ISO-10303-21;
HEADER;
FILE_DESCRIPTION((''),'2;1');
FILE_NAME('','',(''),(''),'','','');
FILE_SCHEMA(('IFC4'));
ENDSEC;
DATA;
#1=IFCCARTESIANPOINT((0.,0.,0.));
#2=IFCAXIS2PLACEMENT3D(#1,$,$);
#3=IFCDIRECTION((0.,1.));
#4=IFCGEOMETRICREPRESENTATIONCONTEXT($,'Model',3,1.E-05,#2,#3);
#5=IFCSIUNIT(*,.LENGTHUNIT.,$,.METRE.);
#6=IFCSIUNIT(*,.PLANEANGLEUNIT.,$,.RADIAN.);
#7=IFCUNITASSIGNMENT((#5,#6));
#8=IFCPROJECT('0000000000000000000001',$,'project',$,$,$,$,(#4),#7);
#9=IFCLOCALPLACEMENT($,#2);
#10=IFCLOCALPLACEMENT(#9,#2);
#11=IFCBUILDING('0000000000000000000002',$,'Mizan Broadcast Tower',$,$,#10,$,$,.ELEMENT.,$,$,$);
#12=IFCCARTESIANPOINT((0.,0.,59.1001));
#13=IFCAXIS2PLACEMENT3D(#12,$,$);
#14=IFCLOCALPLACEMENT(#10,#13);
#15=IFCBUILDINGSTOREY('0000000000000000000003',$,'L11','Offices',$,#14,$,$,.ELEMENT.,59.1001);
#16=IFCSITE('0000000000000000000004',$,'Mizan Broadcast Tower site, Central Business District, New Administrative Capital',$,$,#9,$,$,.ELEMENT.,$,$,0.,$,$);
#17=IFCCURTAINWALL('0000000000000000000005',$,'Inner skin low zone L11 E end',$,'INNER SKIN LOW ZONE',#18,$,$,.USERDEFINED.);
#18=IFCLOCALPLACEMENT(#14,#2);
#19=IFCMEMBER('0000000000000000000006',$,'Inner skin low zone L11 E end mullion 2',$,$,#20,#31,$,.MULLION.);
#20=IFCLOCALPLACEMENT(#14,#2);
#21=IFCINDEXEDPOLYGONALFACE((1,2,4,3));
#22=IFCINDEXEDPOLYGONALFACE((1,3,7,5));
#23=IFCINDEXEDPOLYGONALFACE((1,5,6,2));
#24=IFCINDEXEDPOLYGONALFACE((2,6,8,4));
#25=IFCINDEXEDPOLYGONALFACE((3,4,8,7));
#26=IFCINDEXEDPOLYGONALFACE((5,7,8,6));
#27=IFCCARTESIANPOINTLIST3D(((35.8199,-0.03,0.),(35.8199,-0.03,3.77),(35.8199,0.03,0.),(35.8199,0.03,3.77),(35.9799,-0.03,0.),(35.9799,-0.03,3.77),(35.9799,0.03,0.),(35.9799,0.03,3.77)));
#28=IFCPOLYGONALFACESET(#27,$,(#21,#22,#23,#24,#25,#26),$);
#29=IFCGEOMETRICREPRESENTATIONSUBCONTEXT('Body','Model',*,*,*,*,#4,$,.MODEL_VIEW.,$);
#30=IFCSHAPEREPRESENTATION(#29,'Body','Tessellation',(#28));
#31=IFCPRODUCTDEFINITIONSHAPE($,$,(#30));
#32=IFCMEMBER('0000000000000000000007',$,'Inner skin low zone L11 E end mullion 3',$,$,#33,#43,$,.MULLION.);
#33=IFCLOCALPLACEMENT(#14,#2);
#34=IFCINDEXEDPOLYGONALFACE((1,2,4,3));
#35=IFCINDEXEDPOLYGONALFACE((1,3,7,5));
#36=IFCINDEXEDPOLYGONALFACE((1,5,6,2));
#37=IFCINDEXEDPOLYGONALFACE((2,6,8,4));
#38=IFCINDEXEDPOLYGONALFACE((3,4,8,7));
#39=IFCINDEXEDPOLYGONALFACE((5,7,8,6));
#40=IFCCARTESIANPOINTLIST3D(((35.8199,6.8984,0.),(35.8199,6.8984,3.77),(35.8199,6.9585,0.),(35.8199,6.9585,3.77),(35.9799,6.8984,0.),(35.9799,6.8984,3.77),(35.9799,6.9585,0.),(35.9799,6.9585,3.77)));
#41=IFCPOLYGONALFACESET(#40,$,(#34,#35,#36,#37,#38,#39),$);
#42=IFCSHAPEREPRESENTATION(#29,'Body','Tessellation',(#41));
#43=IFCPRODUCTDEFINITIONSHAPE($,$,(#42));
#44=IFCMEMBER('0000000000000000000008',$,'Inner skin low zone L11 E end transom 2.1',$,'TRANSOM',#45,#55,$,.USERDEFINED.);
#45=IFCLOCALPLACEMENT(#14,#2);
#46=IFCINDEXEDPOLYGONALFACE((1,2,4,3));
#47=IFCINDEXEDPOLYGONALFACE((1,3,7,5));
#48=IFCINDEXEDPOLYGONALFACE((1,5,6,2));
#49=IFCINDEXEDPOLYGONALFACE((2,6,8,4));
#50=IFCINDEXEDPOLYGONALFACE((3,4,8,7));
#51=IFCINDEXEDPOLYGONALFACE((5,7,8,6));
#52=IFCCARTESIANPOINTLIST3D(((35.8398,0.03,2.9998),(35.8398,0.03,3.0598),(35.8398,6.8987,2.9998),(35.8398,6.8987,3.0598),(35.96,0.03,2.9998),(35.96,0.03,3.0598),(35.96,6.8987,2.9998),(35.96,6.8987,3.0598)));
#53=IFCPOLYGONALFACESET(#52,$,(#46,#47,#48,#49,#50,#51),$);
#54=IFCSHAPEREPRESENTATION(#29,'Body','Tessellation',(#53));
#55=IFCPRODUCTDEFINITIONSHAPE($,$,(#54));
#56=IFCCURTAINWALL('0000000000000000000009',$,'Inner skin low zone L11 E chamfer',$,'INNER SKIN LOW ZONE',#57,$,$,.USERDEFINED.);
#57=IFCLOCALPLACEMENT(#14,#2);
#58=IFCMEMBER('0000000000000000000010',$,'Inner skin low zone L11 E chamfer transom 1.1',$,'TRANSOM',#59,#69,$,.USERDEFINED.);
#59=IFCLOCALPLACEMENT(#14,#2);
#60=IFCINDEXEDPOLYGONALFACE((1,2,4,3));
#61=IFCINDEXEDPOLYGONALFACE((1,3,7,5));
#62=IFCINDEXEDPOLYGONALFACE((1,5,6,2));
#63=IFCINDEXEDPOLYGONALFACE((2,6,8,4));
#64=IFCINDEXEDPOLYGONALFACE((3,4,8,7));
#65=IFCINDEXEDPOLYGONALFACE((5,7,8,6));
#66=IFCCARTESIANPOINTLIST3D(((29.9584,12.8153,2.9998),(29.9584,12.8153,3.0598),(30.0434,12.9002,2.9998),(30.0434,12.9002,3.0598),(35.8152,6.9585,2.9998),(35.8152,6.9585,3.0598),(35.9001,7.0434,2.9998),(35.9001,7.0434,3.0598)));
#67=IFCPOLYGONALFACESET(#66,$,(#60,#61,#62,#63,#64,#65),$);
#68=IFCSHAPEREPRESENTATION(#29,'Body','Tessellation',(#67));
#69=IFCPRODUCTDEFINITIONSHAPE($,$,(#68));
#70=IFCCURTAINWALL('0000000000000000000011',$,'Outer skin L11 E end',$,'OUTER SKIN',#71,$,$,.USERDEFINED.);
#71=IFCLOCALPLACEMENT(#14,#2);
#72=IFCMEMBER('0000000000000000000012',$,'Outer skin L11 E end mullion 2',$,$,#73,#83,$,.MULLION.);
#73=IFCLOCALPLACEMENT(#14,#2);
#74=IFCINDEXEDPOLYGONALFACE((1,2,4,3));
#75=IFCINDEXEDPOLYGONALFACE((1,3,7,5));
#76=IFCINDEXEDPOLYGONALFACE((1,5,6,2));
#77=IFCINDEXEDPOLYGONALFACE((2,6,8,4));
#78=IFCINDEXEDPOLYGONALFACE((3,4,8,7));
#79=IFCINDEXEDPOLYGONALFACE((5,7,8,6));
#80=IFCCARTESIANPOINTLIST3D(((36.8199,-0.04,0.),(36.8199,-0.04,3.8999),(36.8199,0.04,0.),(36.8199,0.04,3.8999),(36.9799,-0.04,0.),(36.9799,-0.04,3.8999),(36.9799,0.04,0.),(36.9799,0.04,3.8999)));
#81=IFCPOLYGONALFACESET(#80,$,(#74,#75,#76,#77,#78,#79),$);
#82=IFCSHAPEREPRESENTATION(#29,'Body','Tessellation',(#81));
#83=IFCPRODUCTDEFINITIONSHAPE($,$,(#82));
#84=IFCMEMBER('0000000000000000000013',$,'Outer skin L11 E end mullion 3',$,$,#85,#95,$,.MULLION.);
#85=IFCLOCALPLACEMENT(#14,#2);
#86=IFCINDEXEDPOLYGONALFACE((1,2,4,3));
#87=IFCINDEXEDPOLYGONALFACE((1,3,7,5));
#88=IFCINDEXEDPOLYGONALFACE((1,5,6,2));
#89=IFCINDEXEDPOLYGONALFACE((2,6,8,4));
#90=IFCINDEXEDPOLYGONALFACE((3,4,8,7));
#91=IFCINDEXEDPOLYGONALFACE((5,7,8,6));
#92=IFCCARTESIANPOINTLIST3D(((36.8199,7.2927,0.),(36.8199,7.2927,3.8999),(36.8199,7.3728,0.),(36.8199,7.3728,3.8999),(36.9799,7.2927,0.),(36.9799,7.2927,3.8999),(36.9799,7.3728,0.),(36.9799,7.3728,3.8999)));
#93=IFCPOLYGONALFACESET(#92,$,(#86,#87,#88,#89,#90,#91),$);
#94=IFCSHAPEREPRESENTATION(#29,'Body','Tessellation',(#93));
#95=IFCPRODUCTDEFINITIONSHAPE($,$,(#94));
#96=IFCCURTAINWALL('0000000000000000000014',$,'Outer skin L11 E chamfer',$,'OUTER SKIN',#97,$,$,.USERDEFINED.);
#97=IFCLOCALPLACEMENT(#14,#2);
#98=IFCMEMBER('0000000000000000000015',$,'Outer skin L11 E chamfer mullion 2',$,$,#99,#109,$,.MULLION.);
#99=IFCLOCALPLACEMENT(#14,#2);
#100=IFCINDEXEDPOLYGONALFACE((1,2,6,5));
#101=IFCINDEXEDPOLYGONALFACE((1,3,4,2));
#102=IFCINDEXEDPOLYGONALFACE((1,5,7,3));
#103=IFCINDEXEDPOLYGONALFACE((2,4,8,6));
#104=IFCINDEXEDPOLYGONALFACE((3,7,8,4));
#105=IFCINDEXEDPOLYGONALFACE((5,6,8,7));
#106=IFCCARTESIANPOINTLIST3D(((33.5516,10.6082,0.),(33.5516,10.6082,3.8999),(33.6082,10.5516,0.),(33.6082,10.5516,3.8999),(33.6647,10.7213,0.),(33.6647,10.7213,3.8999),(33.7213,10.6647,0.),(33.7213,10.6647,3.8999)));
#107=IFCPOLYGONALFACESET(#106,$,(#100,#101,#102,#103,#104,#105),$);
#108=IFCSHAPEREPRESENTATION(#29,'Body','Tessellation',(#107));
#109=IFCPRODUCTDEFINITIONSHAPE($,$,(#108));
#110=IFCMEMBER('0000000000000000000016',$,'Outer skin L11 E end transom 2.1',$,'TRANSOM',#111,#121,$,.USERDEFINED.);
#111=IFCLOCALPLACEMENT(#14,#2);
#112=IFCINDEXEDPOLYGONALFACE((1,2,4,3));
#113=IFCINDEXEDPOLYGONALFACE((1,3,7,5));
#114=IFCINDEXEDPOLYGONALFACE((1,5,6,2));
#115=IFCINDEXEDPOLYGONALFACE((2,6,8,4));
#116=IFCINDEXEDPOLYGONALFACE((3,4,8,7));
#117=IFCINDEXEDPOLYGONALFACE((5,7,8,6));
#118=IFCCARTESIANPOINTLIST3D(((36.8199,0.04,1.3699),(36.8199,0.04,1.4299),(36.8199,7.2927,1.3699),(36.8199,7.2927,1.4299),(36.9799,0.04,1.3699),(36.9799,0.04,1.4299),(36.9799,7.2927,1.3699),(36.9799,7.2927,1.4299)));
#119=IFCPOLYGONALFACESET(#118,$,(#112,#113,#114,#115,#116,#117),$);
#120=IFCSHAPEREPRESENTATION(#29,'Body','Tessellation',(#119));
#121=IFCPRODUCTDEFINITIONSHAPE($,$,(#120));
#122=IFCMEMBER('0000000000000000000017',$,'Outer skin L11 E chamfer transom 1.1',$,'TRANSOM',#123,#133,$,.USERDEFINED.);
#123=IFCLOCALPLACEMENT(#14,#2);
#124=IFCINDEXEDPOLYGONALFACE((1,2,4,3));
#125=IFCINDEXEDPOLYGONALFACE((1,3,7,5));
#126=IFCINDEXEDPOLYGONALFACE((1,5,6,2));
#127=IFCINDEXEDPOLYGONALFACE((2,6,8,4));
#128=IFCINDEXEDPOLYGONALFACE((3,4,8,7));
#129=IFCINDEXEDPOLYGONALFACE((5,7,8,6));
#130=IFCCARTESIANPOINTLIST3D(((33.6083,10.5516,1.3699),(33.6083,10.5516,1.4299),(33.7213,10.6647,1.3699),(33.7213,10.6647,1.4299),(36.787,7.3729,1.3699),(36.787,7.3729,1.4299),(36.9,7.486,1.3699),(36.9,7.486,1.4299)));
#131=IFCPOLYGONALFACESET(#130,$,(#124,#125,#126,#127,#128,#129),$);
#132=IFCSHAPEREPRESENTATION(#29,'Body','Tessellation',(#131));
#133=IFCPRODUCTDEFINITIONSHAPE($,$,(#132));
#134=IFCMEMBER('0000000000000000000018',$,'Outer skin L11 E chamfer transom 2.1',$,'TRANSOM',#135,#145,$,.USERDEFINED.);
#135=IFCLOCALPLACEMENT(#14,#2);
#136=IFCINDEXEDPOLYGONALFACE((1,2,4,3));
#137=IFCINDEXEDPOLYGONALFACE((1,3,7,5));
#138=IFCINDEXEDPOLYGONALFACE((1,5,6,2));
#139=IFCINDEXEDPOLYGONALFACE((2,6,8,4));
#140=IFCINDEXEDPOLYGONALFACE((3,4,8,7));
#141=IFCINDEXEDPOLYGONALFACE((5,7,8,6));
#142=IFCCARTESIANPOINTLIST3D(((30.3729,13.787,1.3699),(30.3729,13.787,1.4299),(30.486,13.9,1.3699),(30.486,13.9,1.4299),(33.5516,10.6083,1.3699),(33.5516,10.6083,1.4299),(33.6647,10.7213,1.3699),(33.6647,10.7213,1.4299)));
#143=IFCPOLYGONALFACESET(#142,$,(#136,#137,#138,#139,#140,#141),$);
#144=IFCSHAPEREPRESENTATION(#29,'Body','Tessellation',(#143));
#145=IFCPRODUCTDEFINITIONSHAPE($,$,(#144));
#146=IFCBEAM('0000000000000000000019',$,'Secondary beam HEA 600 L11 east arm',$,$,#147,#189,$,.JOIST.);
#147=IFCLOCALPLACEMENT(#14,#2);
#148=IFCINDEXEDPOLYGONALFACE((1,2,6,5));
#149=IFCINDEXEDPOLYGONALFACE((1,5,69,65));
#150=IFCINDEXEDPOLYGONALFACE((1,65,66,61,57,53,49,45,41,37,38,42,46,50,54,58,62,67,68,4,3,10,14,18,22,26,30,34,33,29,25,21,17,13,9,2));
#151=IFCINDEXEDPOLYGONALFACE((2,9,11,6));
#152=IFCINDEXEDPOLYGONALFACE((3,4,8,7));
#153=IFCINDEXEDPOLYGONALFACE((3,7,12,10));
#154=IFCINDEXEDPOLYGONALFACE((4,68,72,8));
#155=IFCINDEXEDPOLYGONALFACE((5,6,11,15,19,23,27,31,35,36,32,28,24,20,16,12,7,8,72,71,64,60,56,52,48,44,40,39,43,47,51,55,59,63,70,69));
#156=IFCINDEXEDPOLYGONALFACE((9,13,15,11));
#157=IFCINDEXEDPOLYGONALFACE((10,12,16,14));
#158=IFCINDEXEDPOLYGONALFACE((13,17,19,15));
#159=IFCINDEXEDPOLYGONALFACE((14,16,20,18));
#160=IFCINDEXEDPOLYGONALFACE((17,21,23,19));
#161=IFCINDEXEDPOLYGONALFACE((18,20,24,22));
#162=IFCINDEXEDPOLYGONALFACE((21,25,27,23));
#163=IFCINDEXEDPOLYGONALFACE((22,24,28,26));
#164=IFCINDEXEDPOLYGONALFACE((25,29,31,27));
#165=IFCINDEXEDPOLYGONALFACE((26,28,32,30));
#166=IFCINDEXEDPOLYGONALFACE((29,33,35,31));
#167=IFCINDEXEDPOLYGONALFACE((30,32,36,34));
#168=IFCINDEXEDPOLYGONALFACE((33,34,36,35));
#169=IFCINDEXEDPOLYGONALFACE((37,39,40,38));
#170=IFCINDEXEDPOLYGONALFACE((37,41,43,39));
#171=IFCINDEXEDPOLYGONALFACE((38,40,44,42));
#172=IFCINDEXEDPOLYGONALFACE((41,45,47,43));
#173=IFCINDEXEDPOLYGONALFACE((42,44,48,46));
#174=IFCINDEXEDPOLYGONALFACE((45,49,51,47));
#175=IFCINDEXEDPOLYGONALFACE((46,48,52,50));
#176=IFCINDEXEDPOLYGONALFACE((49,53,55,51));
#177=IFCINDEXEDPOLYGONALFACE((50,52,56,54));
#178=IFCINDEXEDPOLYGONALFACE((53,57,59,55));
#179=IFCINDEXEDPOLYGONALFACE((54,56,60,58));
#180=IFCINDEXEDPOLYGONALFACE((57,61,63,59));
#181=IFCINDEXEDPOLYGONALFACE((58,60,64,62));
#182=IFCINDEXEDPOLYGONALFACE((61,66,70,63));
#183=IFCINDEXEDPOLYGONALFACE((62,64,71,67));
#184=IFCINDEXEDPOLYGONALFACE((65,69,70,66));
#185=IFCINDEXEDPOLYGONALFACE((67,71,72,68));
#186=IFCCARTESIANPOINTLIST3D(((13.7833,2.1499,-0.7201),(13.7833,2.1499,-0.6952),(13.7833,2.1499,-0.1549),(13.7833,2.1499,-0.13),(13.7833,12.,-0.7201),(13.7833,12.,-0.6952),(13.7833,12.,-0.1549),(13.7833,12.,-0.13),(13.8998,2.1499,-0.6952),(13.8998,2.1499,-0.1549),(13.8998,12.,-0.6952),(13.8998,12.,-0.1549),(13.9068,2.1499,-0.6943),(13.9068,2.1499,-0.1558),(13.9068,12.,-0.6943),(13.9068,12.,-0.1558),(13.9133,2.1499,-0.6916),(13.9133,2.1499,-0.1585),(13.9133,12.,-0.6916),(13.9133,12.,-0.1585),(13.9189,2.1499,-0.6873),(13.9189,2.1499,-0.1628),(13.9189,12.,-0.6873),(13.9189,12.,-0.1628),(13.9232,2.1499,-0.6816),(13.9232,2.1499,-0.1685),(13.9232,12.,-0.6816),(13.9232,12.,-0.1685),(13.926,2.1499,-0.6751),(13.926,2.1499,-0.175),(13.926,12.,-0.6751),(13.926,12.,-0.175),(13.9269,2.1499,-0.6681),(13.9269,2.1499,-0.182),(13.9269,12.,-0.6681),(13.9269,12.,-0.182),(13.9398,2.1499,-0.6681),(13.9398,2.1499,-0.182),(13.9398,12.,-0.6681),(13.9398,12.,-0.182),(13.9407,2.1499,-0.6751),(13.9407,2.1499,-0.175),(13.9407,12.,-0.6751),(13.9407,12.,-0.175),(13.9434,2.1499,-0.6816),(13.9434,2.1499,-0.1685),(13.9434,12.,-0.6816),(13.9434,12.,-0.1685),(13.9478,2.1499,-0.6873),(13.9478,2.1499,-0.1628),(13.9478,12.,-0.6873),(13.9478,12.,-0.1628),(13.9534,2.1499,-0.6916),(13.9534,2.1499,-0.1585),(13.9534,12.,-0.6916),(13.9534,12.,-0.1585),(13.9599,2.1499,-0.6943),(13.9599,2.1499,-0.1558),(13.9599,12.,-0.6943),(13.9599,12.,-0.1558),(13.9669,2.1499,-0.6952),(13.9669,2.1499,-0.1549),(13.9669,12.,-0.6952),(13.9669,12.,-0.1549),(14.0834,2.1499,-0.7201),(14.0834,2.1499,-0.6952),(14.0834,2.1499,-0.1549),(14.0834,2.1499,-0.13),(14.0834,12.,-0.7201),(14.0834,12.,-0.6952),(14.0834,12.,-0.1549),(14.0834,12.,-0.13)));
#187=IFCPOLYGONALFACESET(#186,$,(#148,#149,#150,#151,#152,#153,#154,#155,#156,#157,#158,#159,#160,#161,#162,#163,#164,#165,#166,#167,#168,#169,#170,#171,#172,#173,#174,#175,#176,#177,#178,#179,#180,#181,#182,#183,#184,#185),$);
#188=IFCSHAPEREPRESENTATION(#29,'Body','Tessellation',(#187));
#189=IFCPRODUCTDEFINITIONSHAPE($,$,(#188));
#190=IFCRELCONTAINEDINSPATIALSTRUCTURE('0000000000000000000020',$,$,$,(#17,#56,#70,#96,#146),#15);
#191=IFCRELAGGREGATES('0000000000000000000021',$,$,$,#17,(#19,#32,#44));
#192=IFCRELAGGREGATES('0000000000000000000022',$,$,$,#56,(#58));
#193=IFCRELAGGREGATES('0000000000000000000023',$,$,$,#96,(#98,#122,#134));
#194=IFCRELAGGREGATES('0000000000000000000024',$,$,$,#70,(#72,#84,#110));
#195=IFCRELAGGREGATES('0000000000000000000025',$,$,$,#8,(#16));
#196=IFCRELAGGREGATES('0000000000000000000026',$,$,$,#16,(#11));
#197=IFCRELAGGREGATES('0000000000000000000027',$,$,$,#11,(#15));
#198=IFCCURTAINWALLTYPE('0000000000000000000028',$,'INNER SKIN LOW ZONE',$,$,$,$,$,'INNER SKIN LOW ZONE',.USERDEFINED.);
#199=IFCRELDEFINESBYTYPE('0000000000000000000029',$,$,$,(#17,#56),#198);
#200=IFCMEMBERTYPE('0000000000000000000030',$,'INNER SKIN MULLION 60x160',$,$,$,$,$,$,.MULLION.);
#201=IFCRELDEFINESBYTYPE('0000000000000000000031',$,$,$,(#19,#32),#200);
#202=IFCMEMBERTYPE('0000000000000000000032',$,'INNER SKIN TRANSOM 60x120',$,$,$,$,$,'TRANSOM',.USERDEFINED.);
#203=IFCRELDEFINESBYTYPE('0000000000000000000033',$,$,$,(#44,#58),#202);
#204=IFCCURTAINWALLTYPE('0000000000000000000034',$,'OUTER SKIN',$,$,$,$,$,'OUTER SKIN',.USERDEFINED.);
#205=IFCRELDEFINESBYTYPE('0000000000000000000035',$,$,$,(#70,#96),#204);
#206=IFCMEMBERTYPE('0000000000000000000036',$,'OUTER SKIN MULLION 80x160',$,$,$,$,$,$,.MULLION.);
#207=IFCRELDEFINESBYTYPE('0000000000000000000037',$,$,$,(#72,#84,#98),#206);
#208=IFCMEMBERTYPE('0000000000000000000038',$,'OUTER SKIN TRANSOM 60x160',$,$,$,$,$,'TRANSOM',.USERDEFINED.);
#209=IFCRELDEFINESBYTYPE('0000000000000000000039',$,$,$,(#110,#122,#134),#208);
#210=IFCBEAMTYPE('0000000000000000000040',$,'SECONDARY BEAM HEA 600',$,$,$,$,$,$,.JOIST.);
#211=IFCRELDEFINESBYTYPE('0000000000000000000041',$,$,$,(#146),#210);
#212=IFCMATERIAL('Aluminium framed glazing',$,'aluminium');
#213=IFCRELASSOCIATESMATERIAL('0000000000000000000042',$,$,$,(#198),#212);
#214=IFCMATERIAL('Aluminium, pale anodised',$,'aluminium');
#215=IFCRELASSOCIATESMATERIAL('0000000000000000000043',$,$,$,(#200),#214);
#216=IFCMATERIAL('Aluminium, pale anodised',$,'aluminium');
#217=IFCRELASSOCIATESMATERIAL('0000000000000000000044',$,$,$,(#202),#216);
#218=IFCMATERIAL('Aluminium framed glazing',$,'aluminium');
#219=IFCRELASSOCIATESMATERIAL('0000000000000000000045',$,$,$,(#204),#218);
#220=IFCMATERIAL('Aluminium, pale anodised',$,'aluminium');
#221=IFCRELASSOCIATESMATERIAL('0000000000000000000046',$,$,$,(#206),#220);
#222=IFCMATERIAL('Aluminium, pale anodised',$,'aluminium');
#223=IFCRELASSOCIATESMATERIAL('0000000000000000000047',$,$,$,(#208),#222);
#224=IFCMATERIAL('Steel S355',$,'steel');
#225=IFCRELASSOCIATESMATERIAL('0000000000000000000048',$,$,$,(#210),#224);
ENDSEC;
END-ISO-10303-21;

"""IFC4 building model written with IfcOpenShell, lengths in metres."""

from ifc_helpers import new_model, si_unit, direction, frame, origin, origin_2d, place, context, subcontext, project, spatial, rectangle, i_section, extrude, material, material_profile, profile_set, type_object, element, aggregate, save


model = new_model("IFC4")

# Units and contexts
model_context = context("Model", 3, precision=1e-05, world=origin(), true_north=direction((0.0, 1.0)))
body_context = subcontext(model_context, "Body", "Model", "MODEL_VIEW")
ifc_project = project(units=[si_unit("LENGTHUNIT", "METRE"), si_unit("PLANEANGLEUNIT", "RADIAN")], contexts=[model_context])

# Site, building, storey
site_placement = place(None, origin())
site = spatial("IfcSite", under=ifc_project, at=site_placement, Name="Mizan Broadcast Tower site, Central Business District, New Administrative Capital", CompositionType="ELEMENT", RefElevation=0.0)
building_placement = place(site_placement, origin())
building = spatial("IfcBuilding", under=site, at=building_placement, Name="Mizan Broadcast Tower", CompositionType="ELEMENT")
storey_placement = place(building_placement, frame((0.0, 0.0, 59.1001)))
storey = spatial("IfcBuildingStorey", under=building, at=storey_placement, Name="L11", Description="Offices", CompositionType="ELEMENT", Elevation=59.1001)

# Curtain wall, members
ifc_material_1 = material(Name="Aluminium framed glazing", Category="aluminium")
curtain_wall_type_1 = type_object("IfcCurtainWallType", Name="INNER SKIN LOW ZONE", ElementType="INNER SKIN LOW ZONE", PredefinedType="USERDEFINED", material=ifc_material_1)
curtain_wall_1_placement = place(storey_placement, origin())
curtain_wall_1 = element("IfcCurtainWall", 1, at=curtain_wall_1_placement, inside=storey, type_object=curtain_wall_type_1, Name="Inner skin low zone L11 E end", ObjectType="INNER SKIN LOW ZONE", PredefinedType="USERDEFINED")
ifc_material_2 = material(Name="Aluminium, pale anodised", Category="aluminium")
ifc_material_profile_1 = material_profile(ifc_material_2, rectangle(XDim=0.1599, YDim=0.0601, at=origin_2d()), Name="MULLION 160x60")
ifc_profile_set_1 = profile_set([ifc_material_profile_1], Name="Aluminium, pale anodised")
member_type_1 = type_object("IfcMemberType", Name="INNER SKIN MULLION 60x160", PredefinedType="MULLION", material=ifc_profile_set_1)
member_1_placement = place(storey_placement, frame((35.8999, 0.0, 0.0), z_axis=(0.0, 0.0, 1.0), x_axis=(-1.0, 0.0, 0.0)))
member_1 = element("IfcMember", 2, at=member_1_placement, type_object=member_type_1, Name="Inner skin low zone L11 E end mullion 2", PredefinedType="MULLION", context=body_context, shape_type="SweptSolid", body=[
    extrude(rectangle(XDim=0.1599, YDim=0.0601, at=origin_2d()), origin(), (0.0, 0.0, 1.0), 3.77),
])
member_2_placement = place(storey_placement, frame((35.8999, 6.9285, 0.0), z_axis=(0.0, 0.0, 1.0), x_axis=(-1.0, 0.0, 0.0)))
member_2 = element("IfcMember", 3, at=member_2_placement, type_object=member_type_1, Name="Inner skin low zone L11 E end mullion 3", PredefinedType="MULLION", context=body_context, shape_type="SweptSolid", body=[
    extrude(rectangle(XDim=0.1599, YDim=0.0601, at=origin_2d()), origin(), (0.0, 0.0, 1.0), 3.77),
])
ifc_material_3 = material(Name="Aluminium, pale anodised", Category="aluminium")
ifc_material_profile_2 = material_profile(ifc_material_3, rectangle(XDim=0.1201, YDim=0.0601, at=origin_2d()), Name="TRANSOM 120x60")
ifc_profile_set_2 = profile_set([ifc_material_profile_2], Name="Aluminium, pale anodised")
member_type_2 = type_object("IfcMemberType", Name="INNER SKIN TRANSOM 60x120", ElementType="TRANSOM", PredefinedType="USERDEFINED", material=ifc_profile_set_2)
member_3_placement = place(storey_placement, frame((35.8999, 0.03, 3.0298), z_axis=(0.0, 1.0, 0.0), x_axis=(-1.0, 0.0, 0.0)))
member_3 = element("IfcMember", 4, at=member_3_placement, type_object=member_type_2, Name="Inner skin low zone L11 E end transom 2.1", ObjectType="TRANSOM", PredefinedType="USERDEFINED", context=body_context, shape_type="SweptSolid", body=[
    extrude(rectangle(XDim=0.1201, YDim=0.0601, at=origin_2d()), origin(), (0.0, 0.0, 1.0), 6.8687),
])

# Curtain wall, member
curtain_wall_2_placement = place(storey_placement, origin())
curtain_wall_2 = element("IfcCurtainWall", 5, at=curtain_wall_2_placement, inside=storey, type_object=curtain_wall_type_1, Name="Inner skin low zone L11 E chamfer", ObjectType="INNER SKIN LOW ZONE", PredefinedType="USERDEFINED")
member_4_placement = place(storey_placement, frame((35.8577, 7.001, 3.0298), z_axis=(-0.707107, 0.707107, 0.0), x_axis=(-0.707107, -0.707107, 0.0)))
member_4 = element("IfcMember", 6, at=member_4_placement, type_object=member_type_2, Name="Inner skin low zone L11 E chamfer transom 1.1", ObjectType="TRANSOM", PredefinedType="USERDEFINED", context=body_context, shape_type="SweptSolid", body=[
    extrude(rectangle(XDim=0.1201, YDim=0.0601, at=origin_2d()), origin(), (0.0, 0.0, 1.0), 8.2827),
])

# Curtain wall, members
ifc_material_4 = material(Name="Aluminium framed glazing", Category="aluminium")
curtain_wall_type_2 = type_object("IfcCurtainWallType", Name="OUTER SKIN", ElementType="OUTER SKIN", PredefinedType="USERDEFINED", material=ifc_material_4)
curtain_wall_3_placement = place(storey_placement, origin())
curtain_wall_3 = element("IfcCurtainWall", 7, at=curtain_wall_3_placement, inside=storey, type_object=curtain_wall_type_2, Name="Outer skin L11 E end", ObjectType="OUTER SKIN", PredefinedType="USERDEFINED")
ifc_material_5 = material(Name="Aluminium, pale anodised", Category="aluminium")
ifc_material_profile_3 = material_profile(ifc_material_5, rectangle(XDim=0.1599, YDim=0.0801, at=origin_2d()), Name="MULLION 160x80")
ifc_profile_set_3 = profile_set([ifc_material_profile_3], Name="Aluminium, pale anodised")
member_type_3 = type_object("IfcMemberType", Name="OUTER SKIN MULLION 80x160", PredefinedType="MULLION", material=ifc_profile_set_3)
member_5_placement = place(storey_placement, frame((36.8999, 0.0, 0.0), z_axis=(0.0, 0.0, 1.0), x_axis=(-1.0, 0.0, 0.0)))
member_5 = element("IfcMember", 8, at=member_5_placement, type_object=member_type_3, Name="Outer skin L11 E end mullion 2", PredefinedType="MULLION", context=body_context, shape_type="SweptSolid", body=[
    extrude(rectangle(XDim=0.1599, YDim=0.0801, at=origin_2d()), origin(), (0.0, 0.0, 1.0), 3.8999),
])
member_6_placement = place(storey_placement, frame((36.8999, 7.3328, 0.0), z_axis=(0.0, 0.0, 1.0), x_axis=(-1.0, 0.0, 0.0)))
member_6 = element("IfcMember", 9, at=member_6_placement, type_object=member_type_3, Name="Outer skin L11 E end mullion 3", PredefinedType="MULLION", context=body_context, shape_type="SweptSolid", body=[
    extrude(rectangle(XDim=0.1599, YDim=0.0801, at=origin_2d()), origin(), (0.0, 0.0, 1.0), 3.8999),
])

# Curtain wall, member
curtain_wall_4_placement = place(storey_placement, origin())
curtain_wall_4 = element("IfcCurtainWall", 10, at=curtain_wall_4_placement, inside=storey, type_object=curtain_wall_type_2, Name="Outer skin L11 E chamfer", ObjectType="OUTER SKIN", PredefinedType="USERDEFINED")
member_7_placement = place(storey_placement, frame((33.6365, 10.6365, 0.0), z_axis=(0.0, 0.0, 1.0), x_axis=(-0.707107, -0.707107, 0.0)))
member_7 = element("IfcMember", 11, at=member_7_placement, type_object=member_type_3, Name="Outer skin L11 E chamfer mullion 2", PredefinedType="MULLION", context=body_context, shape_type="SweptSolid", body=[
    extrude(rectangle(XDim=0.1599, YDim=0.0801, at=origin_2d()), origin(), (0.0, 0.0, 1.0), 3.8999),
])

# Members
ifc_material_6 = material(Name="Aluminium, pale anodised", Category="aluminium")
ifc_material_profile_4 = material_profile(ifc_material_6, rectangle(XDim=0.1599, YDim=0.0601, at=origin_2d()), Name="TRANSOM 160x60")
ifc_profile_set_4 = profile_set([ifc_material_profile_4], Name="Aluminium, pale anodised")
member_type_4 = type_object("IfcMemberType", Name="OUTER SKIN TRANSOM 60x160", ElementType="TRANSOM", PredefinedType="USERDEFINED", material=ifc_profile_set_4)
member_8_placement = place(storey_placement, frame((36.8999, 0.04, 1.3999), z_axis=(0.0, 1.0, 0.0), x_axis=(-1.0, 0.0, 0.0)))
member_8 = element("IfcMember", 12, at=member_8_placement, type_object=member_type_4, Name="Outer skin L11 E end transom 2.1", ObjectType="TRANSOM", PredefinedType="USERDEFINED", context=body_context, shape_type="SweptSolid", body=[
    extrude(rectangle(XDim=0.1599, YDim=0.0601, at=origin_2d()), origin(), (0.0, 0.0, 1.0), 7.2527),
])
member_9_placement = place(storey_placement, frame((36.8435, 7.4294, 1.3999), z_axis=(-0.707107, 0.707107, 0.0), x_axis=(-0.707107, -0.707107, 0.0)))
member_9 = element("IfcMember", 13, at=member_9_placement, type_object=member_type_4, Name="Outer skin L11 E chamfer transom 1.1", ObjectType="TRANSOM", PredefinedType="USERDEFINED", context=body_context, shape_type="SweptSolid", body=[
    extrude(rectangle(XDim=0.1599, YDim=0.0601, at=origin_2d()), origin(), (0.0, 0.0, 1.0), 4.4954),
])
member_10_placement = place(storey_placement, frame((33.6082, 10.6648, 1.3999), z_axis=(-0.707107, 0.707107, 0.0), x_axis=(-0.707107, -0.707107, 0.0)))
member_10 = element("IfcMember", 14, at=member_10_placement, type_object=member_type_4, Name="Outer skin L11 E chamfer transom 2.1", ObjectType="TRANSOM", PredefinedType="USERDEFINED", context=body_context, shape_type="SweptSolid", body=[
    extrude(rectangle(XDim=0.1599, YDim=0.0601, at=origin_2d()), origin(), (0.0, 0.0, 1.0), 4.4954),
])

# Beam
ifc_material_7 = material(Name="Steel S355", Category="steel")
ifc_material_profile_5 = material_profile(ifc_material_7, i_section(OverallWidth=0.3, OverallDepth=0.5901, WebThickness=0.0129, FlangeThickness=0.0249, FilletRadius=0.0271, at=origin_2d()), Name="HEA 600")
ifc_profile_set_5 = profile_set([ifc_material_profile_5], Name="Steel S355")
beam_type_1 = type_object("IfcBeamType", Name="SECONDARY BEAM HEA 600", PredefinedType="JOIST", material=ifc_profile_set_5)
for number, where, z_axis, x_axis, name in (
    (15, (13.9333, 12.0, -0.425), (0.0, -1.0, 0.0), (1.0, 0.0, 0.0), "Secondary beam HEA 600 L11 east arm"),
):
    element("IfcBeam", number, at=place(storey_placement, frame(where, z_axis=z_axis, x_axis=x_axis)), inside=storey, type_object=beam_type_1, Name=name, PredefinedType="JOIST", context=body_context, shape_type="SweptSolid", body=[
        extrude(i_section(OverallWidth=0.3, OverallDepth=0.5901, WebThickness=0.0129, FlangeThickness=0.0249, FilletRadius=0.0271, at=origin_2d()), origin(), (0.0, 0.0, 1.0), 9.8501),
    ])

aggregate(curtain_wall_1, [member_1, member_2, member_3])
aggregate(curtain_wall_2, [member_4])
aggregate(curtain_wall_4, [member_7, member_9, member_10])
aggregate(curtain_wall_3, [member_5, member_6, member_8])

save(model, "model.ifc")
